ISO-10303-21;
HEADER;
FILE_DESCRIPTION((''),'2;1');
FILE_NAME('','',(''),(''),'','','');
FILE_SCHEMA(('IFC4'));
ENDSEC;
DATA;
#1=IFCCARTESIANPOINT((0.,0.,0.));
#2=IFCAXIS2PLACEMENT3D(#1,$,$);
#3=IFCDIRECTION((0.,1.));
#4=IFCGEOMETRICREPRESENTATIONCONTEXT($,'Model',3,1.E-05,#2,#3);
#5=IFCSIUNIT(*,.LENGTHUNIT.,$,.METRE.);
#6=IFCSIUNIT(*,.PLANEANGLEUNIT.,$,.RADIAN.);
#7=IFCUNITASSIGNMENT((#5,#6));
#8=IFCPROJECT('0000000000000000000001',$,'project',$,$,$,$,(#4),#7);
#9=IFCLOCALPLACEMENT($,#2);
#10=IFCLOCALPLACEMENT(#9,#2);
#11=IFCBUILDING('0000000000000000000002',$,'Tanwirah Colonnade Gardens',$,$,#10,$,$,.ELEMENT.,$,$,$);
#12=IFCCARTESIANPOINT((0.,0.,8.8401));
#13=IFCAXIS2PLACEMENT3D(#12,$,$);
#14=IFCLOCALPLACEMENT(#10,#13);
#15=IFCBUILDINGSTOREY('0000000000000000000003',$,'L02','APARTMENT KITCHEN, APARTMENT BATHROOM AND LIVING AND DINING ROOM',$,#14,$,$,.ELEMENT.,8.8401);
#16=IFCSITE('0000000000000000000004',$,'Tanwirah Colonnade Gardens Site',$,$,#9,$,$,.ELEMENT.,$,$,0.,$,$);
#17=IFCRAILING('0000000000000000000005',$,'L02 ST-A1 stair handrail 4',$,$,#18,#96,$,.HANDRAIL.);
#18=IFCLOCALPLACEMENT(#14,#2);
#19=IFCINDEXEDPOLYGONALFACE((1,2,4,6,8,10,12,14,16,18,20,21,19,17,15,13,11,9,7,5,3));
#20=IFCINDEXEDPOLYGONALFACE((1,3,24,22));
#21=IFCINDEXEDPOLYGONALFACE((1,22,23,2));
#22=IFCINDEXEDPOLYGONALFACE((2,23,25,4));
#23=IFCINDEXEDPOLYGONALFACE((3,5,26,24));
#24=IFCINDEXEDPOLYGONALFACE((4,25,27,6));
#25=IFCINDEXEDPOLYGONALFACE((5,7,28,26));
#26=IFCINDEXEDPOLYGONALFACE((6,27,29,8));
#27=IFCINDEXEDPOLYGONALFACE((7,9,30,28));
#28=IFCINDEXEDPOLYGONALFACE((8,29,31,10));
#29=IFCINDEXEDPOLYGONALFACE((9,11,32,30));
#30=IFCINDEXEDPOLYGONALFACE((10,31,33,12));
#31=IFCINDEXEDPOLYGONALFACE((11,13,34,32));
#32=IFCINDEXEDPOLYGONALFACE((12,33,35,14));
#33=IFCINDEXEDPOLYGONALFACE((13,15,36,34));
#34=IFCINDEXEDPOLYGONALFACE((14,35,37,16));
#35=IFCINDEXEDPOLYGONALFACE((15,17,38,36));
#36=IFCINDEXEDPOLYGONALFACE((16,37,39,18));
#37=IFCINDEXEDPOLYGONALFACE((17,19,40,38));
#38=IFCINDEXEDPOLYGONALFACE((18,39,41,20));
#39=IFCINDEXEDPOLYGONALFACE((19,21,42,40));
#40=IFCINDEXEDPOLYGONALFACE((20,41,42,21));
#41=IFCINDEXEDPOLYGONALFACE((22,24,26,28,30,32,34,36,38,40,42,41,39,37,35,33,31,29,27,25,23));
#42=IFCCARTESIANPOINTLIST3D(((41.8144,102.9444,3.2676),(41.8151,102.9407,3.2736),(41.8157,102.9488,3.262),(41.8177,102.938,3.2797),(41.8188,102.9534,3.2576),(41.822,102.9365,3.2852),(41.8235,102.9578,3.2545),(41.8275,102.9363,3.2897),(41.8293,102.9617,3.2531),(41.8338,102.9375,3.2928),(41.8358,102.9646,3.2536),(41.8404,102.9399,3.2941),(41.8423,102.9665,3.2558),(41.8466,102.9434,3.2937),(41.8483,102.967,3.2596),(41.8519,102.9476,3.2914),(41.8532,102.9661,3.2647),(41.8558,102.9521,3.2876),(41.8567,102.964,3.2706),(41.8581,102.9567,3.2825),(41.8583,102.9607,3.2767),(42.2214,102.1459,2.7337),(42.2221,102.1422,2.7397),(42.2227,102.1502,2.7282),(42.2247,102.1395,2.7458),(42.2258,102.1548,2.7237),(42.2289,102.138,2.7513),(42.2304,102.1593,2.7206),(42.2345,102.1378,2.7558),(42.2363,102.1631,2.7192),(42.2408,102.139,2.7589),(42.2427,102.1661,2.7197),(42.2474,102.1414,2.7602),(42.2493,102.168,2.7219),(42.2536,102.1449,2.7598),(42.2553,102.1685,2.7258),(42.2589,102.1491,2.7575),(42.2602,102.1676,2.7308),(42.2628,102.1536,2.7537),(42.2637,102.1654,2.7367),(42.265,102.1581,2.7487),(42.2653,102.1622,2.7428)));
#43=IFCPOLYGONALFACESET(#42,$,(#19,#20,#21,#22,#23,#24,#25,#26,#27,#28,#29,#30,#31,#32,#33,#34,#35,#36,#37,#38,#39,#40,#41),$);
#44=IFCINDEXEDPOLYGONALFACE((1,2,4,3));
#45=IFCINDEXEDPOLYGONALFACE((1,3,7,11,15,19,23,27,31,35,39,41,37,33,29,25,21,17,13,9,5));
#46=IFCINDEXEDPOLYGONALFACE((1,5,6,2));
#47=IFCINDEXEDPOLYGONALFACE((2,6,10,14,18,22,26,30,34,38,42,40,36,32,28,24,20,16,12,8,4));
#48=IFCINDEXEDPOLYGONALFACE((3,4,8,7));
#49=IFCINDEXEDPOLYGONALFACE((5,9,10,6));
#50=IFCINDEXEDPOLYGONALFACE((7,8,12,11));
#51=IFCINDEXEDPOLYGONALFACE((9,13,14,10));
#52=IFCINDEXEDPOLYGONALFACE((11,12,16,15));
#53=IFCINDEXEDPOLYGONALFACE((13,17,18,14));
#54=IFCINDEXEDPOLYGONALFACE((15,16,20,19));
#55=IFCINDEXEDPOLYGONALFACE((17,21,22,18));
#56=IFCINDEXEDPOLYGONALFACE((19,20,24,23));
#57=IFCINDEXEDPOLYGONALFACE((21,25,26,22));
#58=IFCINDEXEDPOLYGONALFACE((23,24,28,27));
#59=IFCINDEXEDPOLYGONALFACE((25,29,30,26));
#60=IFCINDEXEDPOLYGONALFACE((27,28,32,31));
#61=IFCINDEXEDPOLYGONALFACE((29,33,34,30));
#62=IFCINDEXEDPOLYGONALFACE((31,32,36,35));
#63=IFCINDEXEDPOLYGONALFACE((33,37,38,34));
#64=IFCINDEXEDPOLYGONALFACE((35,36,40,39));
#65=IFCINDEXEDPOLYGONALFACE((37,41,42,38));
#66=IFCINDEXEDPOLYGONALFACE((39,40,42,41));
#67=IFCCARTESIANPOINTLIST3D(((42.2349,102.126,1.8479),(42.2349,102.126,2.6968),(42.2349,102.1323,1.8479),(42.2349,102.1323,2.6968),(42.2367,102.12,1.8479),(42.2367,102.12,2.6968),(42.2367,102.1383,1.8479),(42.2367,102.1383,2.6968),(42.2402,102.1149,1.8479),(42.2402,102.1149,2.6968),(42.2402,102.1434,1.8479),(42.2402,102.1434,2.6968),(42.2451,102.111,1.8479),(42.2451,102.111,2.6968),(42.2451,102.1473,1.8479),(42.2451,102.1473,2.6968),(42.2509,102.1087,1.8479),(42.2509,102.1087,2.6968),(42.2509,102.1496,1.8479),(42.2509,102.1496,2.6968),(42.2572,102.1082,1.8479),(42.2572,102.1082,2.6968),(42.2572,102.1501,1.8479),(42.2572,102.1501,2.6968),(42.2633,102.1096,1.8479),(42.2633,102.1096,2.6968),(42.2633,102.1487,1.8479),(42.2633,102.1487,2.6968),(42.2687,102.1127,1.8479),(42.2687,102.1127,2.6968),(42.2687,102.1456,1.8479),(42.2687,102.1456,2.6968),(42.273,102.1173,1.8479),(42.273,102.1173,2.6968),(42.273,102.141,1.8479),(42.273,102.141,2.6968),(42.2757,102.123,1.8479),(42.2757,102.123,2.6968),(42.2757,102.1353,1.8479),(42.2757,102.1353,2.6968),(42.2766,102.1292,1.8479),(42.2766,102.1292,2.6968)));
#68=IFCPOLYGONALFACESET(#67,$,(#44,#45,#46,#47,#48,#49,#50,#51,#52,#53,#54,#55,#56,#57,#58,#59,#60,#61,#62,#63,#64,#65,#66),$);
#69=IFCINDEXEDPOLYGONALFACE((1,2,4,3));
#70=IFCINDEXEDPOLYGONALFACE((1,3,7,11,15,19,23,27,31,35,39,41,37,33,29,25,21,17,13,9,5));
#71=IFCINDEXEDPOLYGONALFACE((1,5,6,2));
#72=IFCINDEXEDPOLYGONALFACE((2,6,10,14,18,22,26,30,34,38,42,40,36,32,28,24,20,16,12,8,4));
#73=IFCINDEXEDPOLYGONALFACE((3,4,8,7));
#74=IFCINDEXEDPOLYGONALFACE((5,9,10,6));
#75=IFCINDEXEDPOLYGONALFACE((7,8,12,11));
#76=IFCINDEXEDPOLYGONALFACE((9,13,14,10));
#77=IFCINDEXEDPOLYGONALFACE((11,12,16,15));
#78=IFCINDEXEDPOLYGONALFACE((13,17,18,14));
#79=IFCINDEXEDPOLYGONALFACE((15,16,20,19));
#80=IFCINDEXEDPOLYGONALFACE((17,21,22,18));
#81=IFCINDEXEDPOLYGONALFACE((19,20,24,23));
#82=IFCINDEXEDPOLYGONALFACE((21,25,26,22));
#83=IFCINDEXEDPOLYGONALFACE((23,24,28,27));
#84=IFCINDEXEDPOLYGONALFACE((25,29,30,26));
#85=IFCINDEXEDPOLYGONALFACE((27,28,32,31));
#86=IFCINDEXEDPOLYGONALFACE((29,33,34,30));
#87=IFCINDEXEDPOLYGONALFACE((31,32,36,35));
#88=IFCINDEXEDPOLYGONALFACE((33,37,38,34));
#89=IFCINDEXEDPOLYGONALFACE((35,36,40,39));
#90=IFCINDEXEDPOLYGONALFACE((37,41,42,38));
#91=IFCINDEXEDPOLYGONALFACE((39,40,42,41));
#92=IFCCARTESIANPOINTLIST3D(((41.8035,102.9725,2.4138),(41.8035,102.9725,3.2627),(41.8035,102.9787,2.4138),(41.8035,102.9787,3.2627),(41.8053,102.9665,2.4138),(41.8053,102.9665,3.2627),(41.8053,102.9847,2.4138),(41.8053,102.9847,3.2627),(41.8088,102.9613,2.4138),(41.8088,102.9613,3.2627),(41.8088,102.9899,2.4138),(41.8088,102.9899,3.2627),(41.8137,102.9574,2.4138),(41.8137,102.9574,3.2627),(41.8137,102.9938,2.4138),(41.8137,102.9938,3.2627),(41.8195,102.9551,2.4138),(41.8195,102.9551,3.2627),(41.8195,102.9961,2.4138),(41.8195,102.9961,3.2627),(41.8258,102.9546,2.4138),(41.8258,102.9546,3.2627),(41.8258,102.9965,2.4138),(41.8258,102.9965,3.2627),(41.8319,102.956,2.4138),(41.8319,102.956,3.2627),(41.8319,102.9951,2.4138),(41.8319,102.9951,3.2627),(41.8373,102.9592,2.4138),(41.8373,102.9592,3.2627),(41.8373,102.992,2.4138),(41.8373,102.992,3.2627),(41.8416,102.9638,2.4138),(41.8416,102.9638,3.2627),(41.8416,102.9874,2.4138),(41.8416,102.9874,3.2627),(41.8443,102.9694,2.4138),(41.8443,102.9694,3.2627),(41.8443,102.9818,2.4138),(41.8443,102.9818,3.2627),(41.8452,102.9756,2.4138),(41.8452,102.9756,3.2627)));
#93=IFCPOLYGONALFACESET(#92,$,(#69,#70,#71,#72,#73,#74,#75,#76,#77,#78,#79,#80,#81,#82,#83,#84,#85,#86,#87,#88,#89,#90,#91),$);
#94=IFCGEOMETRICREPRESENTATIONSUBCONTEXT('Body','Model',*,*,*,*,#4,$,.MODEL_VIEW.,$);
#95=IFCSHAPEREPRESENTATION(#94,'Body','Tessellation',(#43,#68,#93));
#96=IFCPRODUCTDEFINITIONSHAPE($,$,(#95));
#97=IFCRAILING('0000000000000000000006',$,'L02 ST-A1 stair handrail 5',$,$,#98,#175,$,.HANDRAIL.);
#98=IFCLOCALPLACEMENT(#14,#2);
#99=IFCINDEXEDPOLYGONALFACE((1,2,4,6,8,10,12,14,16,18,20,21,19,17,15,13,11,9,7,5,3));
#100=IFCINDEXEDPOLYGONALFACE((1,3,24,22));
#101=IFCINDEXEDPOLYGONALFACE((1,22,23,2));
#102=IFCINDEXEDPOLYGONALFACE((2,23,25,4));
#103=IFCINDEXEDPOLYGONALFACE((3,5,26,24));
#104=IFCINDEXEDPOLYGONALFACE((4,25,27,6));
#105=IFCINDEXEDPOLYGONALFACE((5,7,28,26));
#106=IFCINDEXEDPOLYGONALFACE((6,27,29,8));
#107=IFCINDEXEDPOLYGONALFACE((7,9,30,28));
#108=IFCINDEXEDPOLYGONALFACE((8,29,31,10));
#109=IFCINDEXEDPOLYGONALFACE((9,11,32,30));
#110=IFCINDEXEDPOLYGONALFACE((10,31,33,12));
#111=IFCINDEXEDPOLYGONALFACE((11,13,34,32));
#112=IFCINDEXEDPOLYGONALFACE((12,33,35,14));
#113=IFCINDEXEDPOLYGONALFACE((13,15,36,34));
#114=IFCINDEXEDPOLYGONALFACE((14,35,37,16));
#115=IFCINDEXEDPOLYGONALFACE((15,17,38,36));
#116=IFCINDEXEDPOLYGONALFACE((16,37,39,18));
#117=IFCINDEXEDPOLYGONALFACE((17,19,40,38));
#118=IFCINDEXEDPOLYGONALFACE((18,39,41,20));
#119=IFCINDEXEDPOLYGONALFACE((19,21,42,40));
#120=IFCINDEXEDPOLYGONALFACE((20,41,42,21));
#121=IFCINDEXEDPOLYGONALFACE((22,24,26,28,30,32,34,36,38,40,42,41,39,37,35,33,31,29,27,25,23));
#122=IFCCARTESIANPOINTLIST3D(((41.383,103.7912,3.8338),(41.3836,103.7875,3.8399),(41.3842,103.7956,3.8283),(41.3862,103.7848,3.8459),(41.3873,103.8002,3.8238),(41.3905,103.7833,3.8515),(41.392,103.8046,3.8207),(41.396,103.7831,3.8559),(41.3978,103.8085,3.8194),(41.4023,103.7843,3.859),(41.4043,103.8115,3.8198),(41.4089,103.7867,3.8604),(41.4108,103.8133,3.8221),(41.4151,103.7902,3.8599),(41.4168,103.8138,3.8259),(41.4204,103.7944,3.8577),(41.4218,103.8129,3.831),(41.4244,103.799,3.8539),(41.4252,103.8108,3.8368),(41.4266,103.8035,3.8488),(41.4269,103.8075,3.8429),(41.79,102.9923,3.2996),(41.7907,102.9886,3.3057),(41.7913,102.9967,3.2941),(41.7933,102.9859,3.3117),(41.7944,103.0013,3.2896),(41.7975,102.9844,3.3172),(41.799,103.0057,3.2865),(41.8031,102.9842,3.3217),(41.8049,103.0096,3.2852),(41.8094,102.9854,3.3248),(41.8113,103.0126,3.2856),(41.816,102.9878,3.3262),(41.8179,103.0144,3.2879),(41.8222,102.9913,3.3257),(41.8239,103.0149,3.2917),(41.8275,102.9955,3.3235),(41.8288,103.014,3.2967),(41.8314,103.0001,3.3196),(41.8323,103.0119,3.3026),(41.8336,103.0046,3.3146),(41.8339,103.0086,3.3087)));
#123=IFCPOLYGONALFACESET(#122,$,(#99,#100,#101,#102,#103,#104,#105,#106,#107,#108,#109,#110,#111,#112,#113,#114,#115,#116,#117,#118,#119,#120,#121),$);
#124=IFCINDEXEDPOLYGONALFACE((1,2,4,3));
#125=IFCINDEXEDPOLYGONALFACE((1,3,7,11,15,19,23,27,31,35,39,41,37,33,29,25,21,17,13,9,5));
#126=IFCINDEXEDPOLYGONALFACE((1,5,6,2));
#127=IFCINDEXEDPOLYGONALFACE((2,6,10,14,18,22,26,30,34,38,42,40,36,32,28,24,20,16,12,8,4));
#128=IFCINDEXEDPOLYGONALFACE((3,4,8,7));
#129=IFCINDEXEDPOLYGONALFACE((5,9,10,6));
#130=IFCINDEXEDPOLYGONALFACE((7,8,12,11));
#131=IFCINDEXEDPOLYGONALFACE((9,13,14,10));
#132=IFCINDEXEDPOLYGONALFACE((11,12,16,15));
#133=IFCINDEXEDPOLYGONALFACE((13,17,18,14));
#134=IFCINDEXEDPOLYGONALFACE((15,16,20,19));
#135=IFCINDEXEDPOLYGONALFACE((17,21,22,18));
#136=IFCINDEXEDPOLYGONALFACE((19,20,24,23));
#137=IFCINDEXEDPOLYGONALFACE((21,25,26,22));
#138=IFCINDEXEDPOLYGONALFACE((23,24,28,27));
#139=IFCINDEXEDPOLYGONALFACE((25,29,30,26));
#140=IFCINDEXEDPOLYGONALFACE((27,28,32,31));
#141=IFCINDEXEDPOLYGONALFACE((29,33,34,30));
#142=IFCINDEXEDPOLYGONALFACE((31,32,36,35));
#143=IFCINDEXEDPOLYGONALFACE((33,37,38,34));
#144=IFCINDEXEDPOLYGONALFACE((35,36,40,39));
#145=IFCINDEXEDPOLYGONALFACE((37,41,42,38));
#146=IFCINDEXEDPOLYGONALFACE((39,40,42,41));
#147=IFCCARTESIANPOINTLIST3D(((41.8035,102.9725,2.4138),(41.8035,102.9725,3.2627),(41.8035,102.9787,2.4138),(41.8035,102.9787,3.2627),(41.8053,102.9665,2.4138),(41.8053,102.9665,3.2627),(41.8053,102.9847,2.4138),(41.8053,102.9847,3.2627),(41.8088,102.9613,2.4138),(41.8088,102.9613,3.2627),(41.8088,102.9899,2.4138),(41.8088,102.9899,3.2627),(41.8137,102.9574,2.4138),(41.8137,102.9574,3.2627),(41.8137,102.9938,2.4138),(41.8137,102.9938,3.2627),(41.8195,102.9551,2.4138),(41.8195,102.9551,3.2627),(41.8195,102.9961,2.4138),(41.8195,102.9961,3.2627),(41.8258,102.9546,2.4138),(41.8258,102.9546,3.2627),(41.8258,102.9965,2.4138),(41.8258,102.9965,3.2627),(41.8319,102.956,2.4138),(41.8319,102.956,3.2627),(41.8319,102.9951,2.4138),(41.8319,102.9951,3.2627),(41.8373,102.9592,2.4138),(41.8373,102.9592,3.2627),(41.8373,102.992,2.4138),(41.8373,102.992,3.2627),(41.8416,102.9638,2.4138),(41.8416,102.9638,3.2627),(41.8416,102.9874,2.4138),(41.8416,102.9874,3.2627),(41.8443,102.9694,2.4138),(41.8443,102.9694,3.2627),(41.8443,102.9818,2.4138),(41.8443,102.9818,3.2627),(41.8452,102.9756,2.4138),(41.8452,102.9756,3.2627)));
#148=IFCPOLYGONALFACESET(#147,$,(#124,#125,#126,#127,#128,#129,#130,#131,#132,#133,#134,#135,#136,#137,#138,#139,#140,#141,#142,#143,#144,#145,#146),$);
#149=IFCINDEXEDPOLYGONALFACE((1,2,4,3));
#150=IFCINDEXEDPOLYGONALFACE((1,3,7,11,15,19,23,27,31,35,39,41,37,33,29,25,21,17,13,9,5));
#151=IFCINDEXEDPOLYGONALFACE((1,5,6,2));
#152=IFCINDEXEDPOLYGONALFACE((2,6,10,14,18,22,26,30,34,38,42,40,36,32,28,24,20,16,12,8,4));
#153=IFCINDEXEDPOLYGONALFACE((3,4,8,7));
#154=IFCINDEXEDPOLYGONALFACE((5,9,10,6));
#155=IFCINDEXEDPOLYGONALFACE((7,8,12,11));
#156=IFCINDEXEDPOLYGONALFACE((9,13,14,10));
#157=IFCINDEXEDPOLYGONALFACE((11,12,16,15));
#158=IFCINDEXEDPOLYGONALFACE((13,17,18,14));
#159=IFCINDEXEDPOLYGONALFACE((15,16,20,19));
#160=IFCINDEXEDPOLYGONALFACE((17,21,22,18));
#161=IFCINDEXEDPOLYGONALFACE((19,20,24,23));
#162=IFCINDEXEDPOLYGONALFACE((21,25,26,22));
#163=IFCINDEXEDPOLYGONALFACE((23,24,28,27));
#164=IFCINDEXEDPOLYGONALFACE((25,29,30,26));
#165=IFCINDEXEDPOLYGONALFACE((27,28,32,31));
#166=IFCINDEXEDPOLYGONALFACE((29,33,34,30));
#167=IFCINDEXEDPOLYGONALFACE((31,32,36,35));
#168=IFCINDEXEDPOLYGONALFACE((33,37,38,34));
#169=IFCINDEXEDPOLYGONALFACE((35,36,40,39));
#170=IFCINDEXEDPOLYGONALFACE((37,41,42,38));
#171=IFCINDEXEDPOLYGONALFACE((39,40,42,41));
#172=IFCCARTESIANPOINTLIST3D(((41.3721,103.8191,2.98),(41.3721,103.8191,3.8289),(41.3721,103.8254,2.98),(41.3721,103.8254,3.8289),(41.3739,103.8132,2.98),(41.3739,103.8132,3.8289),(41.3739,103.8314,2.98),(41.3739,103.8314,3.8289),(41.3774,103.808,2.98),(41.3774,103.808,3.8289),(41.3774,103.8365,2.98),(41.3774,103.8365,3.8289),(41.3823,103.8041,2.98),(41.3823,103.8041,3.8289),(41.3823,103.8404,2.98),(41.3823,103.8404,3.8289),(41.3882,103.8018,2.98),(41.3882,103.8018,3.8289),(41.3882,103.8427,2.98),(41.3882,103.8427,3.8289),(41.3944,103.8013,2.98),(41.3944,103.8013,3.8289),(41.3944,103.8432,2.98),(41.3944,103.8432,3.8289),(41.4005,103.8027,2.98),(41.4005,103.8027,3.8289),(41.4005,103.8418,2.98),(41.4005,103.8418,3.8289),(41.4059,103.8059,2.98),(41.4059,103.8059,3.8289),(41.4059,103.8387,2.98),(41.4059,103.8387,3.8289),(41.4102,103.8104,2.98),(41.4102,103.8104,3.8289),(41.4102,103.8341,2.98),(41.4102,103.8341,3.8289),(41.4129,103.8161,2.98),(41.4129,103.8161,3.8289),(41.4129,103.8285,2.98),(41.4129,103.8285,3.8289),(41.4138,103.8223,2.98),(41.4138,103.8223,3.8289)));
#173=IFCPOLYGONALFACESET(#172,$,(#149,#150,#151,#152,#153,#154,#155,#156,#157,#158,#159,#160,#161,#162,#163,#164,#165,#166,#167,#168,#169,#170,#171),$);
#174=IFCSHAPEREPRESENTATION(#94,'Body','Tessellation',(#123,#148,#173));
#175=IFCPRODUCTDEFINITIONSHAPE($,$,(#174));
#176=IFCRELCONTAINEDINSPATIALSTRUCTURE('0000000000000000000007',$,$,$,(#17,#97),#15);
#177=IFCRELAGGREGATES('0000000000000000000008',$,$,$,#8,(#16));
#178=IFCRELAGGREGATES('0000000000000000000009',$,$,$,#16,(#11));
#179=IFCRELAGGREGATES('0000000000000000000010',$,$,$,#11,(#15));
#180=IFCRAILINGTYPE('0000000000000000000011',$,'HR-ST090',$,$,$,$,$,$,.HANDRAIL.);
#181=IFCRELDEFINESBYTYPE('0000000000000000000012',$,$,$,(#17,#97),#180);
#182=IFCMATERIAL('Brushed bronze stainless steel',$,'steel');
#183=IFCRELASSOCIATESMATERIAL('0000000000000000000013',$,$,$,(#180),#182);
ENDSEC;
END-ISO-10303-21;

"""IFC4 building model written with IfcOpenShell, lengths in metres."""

from ifc_helpers import new_model, si_unit, direction, frame, origin, origin_2d, place, context, subcontext, project, spatial, circle, extrude, material, type_object, element, save


model = new_model("IFC4")

# Units and contexts
model_context = context("Model", 3, precision=1e-05, world=origin(), true_north=direction((0.0, 1.0)))
body_context = subcontext(model_context, "Body", "Model", "MODEL_VIEW")
ifc_project = project(units=[si_unit("LENGTHUNIT", "METRE"), si_unit("PLANEANGLEUNIT", "RADIAN")], contexts=[model_context])

# Site, building, storey
site_placement = place(None, origin())
site = spatial("IfcSite", under=ifc_project, at=site_placement, Name="Tanwirah Colonnade Gardens Site", CompositionType="ELEMENT", RefElevation=0.0)
building_placement = place(site_placement, origin())
building = spatial("IfcBuilding", under=site, at=building_placement, Name="Tanwirah Colonnade Gardens", CompositionType="ELEMENT")
storey_placement = place(building_placement, frame((0.0, 0.0, 8.8401)))
storey = spatial("IfcBuildingStorey", under=building, at=storey_placement, Name="L02", Description="APARTMENT KITCHEN, APARTMENT BATHROOM AND LIVING AND DINING ROOM", CompositionType="ELEMENT", Elevation=8.8401)

# Railings
ifc_material_1 = material(Name="Brushed bronze stainless steel", Category="steel")
railing_type_1 = type_object("IfcRailingType", Name="HR-ST090", PredefinedType="HANDRAIL", material=ifc_material_1)
railing_1_placement = place(storey_placement, frame((42.2556, 102.1292, 1.8479)))
element("IfcRailing", 1, at=railing_1_placement, inside=storey, type_object=railing_type_1, Name="L02 ST-A1 stair handrail 4", PredefinedType="HANDRAIL", context=body_context, shape_type="SweptSolid", body=[
    extrude(circle(Radius=0.0239, at=origin_2d()), frame((-0.0122, 0.0239, 0.8918), z_axis=(-0.390118, 0.765443, 0.511767), x_axis=(-0.890957, -0.454087, 0.0)), (0.0, 0.0, 1.0), 1.0432),
    extrude(circle(Radius=0.021, at=origin_2d()), origin(), (0.0, 0.0, 1.0), 0.8489),
    extrude(circle(Radius=0.021, at=origin_2d()), frame((-0.4314, 0.8464, 0.5659)), (0.0, 0.0, 1.0), 0.8489),
])
railing_2_placement = place(storey_placement, frame((41.8242, 102.9756, 2.4138)))
element("IfcRailing", 2, at=railing_2_placement, inside=storey, type_object=railing_type_1, Name="L02 ST-A1 stair handrail 5", PredefinedType="HANDRAIL", context=body_context, shape_type="SweptSolid", body=[
    extrude(circle(Radius=0.0239, at=origin_2d()), frame((-0.0122, 0.0239, 0.8918), z_axis=(-0.390008, 0.765448, 0.511844), x_axis=(-0.89101, -0.453984, 0.0)), (0.0, 0.0, 1.0), 1.0437),
    extrude(circle(Radius=0.021, at=origin_2d()), origin(), (0.0, 0.0, 1.0), 0.8489),
    extrude(circle(Radius=0.021, at=origin_2d()), frame((-0.4314, 0.8467, 0.5662)), (0.0, 0.0, 1.0), 0.8489),
])

save(model, "model.ifc")
